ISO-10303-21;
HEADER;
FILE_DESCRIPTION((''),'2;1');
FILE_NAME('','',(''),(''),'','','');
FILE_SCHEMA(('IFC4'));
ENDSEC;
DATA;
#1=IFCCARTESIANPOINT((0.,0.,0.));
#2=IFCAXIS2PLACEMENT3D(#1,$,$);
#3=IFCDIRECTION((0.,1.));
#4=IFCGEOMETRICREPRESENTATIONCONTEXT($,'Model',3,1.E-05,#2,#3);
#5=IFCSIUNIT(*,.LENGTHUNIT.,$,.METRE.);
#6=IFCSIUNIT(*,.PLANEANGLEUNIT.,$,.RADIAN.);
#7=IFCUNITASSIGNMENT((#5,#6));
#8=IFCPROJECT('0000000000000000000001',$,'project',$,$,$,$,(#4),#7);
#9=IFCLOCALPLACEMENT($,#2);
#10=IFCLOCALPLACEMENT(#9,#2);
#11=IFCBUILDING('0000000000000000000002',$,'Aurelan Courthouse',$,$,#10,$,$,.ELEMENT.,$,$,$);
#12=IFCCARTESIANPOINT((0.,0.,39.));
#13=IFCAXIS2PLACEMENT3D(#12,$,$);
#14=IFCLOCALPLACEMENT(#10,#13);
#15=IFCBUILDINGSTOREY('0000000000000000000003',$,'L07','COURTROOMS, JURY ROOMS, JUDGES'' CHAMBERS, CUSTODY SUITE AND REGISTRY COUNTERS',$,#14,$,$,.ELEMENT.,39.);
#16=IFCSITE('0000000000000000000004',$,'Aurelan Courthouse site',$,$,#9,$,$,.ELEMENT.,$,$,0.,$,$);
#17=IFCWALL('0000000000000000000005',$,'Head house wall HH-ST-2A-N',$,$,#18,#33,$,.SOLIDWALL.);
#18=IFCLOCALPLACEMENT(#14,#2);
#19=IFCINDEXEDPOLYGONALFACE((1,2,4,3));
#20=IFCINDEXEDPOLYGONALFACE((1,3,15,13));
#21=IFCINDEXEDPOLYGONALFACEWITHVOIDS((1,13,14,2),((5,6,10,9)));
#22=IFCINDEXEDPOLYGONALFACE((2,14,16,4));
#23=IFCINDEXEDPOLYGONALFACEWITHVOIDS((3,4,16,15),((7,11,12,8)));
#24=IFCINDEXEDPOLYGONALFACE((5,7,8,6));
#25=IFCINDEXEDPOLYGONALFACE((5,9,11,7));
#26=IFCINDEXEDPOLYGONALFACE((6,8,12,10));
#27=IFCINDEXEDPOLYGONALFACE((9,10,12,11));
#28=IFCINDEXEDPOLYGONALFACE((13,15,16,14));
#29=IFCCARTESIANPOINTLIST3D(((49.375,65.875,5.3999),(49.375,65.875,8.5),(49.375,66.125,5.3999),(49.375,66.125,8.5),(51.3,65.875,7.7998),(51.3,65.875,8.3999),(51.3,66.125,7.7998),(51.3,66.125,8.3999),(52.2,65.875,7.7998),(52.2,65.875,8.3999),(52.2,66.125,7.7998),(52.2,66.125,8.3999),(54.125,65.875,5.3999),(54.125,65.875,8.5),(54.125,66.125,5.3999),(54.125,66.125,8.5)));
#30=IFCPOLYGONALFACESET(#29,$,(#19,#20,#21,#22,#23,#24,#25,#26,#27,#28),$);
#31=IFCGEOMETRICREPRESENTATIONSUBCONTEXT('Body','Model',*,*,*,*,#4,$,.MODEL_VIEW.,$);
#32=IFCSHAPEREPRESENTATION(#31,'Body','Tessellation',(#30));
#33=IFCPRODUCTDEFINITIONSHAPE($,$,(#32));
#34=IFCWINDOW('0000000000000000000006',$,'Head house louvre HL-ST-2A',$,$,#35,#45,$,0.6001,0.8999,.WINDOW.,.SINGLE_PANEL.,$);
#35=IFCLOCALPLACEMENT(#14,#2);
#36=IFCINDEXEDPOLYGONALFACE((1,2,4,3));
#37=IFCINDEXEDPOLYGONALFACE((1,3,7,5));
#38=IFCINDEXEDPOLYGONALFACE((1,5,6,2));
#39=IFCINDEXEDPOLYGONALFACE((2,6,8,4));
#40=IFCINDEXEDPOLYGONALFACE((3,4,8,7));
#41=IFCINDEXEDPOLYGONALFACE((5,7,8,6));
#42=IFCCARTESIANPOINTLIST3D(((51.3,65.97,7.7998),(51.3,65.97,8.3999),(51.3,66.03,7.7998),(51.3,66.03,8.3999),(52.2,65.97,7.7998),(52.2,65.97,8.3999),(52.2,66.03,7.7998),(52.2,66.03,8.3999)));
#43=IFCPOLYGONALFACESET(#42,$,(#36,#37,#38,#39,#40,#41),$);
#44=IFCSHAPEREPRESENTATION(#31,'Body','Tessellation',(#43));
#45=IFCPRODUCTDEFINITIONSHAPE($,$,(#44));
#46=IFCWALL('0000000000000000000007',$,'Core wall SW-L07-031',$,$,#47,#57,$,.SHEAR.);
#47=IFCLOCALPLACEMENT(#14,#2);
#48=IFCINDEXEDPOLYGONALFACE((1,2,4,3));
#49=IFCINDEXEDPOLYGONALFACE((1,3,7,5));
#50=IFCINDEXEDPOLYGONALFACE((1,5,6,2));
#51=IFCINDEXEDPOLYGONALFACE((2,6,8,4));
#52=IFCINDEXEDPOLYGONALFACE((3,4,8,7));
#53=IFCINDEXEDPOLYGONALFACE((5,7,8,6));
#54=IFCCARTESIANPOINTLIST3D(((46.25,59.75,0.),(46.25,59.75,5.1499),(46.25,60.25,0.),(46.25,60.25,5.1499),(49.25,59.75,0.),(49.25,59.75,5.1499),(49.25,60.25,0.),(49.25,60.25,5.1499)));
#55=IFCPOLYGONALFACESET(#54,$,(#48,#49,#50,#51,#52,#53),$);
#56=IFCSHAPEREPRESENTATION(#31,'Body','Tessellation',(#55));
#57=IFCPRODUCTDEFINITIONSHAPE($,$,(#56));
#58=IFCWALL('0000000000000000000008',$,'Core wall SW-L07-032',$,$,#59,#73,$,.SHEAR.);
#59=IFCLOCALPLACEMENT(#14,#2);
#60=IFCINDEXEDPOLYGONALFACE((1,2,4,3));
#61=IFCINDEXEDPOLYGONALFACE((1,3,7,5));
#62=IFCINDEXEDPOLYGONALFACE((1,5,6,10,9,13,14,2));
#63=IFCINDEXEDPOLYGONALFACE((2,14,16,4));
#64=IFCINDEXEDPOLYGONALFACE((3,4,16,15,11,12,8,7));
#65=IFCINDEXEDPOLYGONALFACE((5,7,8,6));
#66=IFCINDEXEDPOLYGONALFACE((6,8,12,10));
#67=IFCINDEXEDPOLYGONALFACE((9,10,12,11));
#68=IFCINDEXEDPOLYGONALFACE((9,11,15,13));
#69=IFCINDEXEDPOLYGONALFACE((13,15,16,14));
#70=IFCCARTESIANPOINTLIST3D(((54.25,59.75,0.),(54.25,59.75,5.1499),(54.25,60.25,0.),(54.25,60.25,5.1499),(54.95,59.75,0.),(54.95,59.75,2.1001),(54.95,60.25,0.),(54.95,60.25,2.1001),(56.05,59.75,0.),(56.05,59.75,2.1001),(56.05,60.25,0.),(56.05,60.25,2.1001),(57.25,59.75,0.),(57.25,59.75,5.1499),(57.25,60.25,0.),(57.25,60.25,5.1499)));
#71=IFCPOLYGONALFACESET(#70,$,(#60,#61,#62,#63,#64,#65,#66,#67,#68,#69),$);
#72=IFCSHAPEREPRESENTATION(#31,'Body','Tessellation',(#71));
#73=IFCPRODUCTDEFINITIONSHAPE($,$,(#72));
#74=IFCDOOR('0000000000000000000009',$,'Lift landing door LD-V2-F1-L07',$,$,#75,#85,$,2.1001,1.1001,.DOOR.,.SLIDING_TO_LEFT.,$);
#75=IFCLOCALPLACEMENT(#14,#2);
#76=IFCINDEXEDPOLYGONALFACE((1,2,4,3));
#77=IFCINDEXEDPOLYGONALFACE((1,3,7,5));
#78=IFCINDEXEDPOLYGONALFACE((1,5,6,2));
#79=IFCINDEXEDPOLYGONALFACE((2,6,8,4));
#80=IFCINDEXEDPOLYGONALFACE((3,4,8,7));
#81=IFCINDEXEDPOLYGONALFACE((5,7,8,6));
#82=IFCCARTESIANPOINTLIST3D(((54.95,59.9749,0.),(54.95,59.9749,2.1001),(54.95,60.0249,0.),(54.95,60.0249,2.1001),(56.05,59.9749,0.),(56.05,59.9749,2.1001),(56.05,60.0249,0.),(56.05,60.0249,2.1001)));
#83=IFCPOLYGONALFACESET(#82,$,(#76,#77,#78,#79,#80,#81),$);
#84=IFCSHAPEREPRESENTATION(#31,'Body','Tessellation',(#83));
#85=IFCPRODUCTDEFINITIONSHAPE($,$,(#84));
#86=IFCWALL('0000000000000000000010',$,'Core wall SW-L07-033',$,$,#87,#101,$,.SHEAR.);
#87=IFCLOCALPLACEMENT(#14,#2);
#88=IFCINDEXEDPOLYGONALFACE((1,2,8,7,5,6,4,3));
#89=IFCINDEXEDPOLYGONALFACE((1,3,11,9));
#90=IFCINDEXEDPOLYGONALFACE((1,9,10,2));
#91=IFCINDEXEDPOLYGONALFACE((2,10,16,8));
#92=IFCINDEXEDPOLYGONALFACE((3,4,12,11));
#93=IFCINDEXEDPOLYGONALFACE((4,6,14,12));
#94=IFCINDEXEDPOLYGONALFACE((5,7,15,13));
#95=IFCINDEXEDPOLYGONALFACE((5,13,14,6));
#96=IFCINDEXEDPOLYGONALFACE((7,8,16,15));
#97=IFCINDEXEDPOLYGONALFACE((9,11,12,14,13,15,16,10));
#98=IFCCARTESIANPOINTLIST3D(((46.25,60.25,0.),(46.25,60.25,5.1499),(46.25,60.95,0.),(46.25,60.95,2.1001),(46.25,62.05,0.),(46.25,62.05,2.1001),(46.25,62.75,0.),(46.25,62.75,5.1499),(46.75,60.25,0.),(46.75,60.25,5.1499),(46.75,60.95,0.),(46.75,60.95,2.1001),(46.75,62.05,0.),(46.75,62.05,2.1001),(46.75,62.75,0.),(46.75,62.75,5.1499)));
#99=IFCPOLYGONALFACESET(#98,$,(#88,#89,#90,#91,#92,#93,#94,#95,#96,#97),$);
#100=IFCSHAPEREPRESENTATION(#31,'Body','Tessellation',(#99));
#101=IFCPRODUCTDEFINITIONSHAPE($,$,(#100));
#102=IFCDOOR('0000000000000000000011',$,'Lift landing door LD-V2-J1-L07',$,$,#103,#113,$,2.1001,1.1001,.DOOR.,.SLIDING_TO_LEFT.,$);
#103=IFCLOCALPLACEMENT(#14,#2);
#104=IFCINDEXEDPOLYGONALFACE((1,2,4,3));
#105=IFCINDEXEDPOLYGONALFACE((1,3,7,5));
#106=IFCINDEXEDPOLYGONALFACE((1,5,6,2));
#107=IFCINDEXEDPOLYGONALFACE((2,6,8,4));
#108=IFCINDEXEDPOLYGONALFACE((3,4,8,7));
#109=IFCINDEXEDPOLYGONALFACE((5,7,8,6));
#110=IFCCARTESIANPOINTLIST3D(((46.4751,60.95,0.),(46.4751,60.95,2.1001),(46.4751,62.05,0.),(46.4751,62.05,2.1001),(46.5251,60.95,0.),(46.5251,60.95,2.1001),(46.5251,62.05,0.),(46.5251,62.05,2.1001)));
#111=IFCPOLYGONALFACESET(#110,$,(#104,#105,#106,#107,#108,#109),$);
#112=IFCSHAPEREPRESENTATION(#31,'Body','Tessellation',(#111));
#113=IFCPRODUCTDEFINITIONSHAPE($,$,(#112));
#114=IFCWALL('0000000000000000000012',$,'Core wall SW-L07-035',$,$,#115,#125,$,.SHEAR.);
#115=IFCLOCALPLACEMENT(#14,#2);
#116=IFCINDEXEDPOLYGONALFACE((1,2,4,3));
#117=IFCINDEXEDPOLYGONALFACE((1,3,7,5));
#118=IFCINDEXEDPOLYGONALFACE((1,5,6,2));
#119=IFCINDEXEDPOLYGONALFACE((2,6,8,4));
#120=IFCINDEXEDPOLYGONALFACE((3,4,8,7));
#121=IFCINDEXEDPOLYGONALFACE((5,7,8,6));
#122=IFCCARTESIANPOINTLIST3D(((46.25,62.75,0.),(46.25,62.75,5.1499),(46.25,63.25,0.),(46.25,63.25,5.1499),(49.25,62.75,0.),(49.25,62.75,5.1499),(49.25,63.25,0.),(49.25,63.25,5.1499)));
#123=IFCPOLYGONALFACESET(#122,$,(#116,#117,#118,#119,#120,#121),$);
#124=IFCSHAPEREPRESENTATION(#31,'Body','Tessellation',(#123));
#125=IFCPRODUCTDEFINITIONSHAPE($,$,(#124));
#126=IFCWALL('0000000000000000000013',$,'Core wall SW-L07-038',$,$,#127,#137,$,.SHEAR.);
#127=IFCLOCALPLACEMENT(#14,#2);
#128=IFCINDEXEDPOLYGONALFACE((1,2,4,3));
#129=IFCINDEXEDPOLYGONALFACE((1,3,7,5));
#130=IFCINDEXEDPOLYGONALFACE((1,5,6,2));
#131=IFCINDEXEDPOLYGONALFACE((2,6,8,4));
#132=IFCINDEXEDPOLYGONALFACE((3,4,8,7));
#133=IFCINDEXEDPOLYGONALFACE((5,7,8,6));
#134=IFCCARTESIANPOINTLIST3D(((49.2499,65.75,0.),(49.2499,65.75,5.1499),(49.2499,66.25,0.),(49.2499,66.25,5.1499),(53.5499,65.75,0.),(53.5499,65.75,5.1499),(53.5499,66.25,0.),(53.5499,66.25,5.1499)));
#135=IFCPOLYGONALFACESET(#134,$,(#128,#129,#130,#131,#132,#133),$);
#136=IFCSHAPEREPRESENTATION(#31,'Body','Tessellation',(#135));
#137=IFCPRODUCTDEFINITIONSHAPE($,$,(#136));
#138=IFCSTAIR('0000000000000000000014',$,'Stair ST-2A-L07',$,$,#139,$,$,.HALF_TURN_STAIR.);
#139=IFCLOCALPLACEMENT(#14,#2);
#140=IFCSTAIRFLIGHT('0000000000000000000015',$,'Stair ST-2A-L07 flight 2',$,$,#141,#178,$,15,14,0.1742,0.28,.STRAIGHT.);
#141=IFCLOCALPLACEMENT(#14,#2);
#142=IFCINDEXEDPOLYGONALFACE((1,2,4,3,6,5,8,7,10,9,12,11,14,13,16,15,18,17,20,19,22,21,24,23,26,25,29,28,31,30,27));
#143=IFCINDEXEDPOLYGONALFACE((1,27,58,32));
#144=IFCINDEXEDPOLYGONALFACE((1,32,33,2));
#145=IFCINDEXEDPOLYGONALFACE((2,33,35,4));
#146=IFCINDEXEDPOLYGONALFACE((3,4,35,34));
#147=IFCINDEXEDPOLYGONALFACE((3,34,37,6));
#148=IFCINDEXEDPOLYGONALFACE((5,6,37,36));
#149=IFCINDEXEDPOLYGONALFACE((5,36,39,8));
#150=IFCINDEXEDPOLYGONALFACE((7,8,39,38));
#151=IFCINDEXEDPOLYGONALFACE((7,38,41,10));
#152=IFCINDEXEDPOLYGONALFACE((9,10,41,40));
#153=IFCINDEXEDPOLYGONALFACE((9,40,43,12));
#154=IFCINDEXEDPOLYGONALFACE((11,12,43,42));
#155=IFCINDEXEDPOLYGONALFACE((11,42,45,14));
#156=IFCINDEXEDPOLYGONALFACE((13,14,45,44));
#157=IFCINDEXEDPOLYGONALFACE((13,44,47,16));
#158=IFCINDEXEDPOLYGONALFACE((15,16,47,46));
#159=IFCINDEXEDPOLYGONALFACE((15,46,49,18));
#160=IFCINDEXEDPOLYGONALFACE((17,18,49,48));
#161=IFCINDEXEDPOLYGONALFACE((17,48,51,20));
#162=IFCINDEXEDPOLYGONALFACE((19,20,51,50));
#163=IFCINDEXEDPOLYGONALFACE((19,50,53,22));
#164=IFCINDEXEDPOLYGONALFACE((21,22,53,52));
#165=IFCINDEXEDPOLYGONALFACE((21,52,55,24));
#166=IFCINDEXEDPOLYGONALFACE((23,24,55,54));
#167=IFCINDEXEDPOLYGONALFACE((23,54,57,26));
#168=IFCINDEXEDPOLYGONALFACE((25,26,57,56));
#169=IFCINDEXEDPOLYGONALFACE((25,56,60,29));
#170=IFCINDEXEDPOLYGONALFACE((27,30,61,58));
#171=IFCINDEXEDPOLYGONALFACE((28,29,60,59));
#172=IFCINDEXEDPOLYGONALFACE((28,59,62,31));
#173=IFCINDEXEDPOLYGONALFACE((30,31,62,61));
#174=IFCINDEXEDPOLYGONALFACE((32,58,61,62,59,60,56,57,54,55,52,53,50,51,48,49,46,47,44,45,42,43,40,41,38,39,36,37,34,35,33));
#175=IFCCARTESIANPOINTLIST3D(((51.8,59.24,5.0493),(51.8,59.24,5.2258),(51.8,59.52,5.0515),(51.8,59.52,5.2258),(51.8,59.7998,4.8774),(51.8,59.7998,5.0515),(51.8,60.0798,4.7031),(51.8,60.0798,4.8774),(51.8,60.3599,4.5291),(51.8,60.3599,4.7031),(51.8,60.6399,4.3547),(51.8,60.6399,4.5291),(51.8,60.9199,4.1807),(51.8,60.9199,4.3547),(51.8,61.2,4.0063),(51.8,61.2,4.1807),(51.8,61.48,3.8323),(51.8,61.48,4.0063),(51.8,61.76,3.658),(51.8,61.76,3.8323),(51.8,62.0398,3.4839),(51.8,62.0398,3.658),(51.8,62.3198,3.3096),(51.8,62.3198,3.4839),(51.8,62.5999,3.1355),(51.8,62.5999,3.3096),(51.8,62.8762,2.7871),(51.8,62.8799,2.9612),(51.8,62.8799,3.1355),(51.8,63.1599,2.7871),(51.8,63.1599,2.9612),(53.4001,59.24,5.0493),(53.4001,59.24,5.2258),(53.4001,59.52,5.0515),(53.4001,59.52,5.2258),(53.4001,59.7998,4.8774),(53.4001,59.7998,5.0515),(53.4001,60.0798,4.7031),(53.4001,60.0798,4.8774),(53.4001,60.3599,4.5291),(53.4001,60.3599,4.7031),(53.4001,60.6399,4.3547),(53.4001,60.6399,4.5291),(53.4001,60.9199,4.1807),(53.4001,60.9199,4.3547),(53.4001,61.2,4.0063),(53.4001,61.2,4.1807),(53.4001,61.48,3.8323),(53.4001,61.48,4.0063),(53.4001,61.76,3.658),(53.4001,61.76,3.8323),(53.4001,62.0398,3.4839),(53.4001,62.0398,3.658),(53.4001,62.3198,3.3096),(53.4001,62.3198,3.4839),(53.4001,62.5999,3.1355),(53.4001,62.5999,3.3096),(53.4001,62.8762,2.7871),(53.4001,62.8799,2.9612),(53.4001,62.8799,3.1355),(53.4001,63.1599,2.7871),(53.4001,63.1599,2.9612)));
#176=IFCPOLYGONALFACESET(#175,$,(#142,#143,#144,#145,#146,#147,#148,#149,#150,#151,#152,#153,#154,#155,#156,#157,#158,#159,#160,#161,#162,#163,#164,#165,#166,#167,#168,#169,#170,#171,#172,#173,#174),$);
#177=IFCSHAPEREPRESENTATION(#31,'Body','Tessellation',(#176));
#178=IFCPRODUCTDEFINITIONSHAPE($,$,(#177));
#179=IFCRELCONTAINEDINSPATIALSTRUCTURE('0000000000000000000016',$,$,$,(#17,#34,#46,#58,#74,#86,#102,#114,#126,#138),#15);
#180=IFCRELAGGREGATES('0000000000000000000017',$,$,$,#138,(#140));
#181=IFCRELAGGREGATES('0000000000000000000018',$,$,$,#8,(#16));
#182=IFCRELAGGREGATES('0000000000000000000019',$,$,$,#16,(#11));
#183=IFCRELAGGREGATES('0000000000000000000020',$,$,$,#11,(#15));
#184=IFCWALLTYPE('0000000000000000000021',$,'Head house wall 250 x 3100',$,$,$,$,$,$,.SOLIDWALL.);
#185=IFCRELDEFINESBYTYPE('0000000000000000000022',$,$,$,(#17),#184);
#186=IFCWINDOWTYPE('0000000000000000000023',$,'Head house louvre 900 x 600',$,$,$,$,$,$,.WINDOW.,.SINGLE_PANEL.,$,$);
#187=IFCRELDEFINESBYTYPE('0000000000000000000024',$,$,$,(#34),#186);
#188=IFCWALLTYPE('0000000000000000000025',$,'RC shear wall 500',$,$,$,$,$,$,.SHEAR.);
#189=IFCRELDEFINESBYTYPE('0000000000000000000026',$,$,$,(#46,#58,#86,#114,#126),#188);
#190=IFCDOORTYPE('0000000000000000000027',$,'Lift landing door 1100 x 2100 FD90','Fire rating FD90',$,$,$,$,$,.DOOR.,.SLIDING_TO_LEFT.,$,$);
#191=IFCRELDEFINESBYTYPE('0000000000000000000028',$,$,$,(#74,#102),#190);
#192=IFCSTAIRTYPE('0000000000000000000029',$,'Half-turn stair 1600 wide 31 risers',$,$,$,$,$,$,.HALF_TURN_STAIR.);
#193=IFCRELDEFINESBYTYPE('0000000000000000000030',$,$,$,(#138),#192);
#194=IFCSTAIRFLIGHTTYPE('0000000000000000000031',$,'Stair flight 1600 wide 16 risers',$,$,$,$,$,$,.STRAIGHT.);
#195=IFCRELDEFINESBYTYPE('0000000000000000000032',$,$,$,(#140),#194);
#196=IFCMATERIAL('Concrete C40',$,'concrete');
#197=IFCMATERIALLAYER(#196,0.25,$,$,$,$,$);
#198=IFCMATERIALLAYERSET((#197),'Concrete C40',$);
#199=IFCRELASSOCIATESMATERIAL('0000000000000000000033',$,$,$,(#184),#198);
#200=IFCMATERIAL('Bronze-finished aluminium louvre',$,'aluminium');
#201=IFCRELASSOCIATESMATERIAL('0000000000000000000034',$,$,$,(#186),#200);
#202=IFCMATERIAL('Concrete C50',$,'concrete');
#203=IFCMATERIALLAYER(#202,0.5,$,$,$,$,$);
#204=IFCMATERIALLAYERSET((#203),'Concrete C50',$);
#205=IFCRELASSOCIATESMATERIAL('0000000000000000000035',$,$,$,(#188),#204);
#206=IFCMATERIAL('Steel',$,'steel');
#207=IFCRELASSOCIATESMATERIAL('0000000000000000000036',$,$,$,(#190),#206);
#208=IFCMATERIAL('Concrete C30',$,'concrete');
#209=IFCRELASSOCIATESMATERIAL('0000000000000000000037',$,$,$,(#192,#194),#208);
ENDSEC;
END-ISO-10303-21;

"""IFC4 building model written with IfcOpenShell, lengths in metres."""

from ifc_helpers import new_model, si_unit, direction, frame, frame_2d, origin, place, context, subcontext, project, spatial, polyline, rectangle, outline, extrude, material, layer, layer_set, type_object, element, fill, aggregate, save


model = new_model("IFC4")

# Units and contexts
model_context = context("Model", 3, precision=1e-05, world=origin(), true_north=direction((0.0, 1.0)))
body_context = subcontext(model_context, "Body", "Model", "MODEL_VIEW")
ifc_project = project(units=[si_unit("LENGTHUNIT", "METRE"), si_unit("PLANEANGLEUNIT", "RADIAN")], contexts=[model_context])

# Site, building, storey
site_placement = place(None, origin())
site = spatial("IfcSite", under=ifc_project, at=site_placement, Name="Aurelan Courthouse site", CompositionType="ELEMENT", RefElevation=0.0)
building_placement = place(site_placement, origin())
building = spatial("IfcBuilding", under=site, at=building_placement, Name="Aurelan Courthouse", CompositionType="ELEMENT")
storey_placement = place(building_placement, frame((0.0, 0.0, 39.0)))
storey = spatial("IfcBuildingStorey", under=building, at=storey_placement, Name="L07", Description="COURTROOMS, JURY ROOMS, JUDGES' CHAMBERS, CUSTODY SUITE AND REGISTRY COUNTERS", CompositionType="ELEMENT", Elevation=39.0)

# Shared definitions
ifc_material_1 = material(Name="Concrete C50", Category="concrete")

# Shared definitions
ifc_material_2 = material(Name="Steel", Category="steel")

# Wall, opening, window
ifc_material_3 = material(Name="Concrete C30", Category="concrete")
ifc_material_4 = material(Name="Concrete C40", Category="concrete")
ifc_layer_1 = layer(ifc_material_4, 0.25)
ifc_layer_set_1 = layer_set([ifc_layer_1], Name="Concrete C40")
wall_type_1 = type_object("IfcWallType", Name="Head house wall 250 x 3100", PredefinedType="SOLIDWALL", material=ifc_layer_set_1)
wall_1_placement = place(storey_placement, frame((49.375, 66.0, 5.3999), z_axis=(0.0, 0.0, 1.0), x_axis=(1.0, 0.0, 0.0)))
wall_1 = element("IfcWall", 1, at=wall_1_placement, inside=storey, type_object=wall_type_1, Name="Head house wall HH-ST-2A-N", PredefinedType="SOLIDWALL", context=body_context, shape_type="SweptSolid", body=[
    extrude(rectangle(XDim=4.75, YDim=0.25, at=frame_2d((2.375, 0.0))), origin(), (0.0, 0.0, 1.0), 3.1001),
])
opening_1_placement = place(wall_1_placement, frame((1.925, 0.0, 2.3999)))
opening_1 = element("IfcOpeningElement", 2, at=opening_1_placement, cuts=wall_1, PredefinedType="OPENING", context=body_context, shape_type="SweptSolid", body=[
    extrude(rectangle(XDim=0.8999, YDim=0.6001, at=frame_2d((0.45, 0.3))), frame((0.0, 0.135, 0.0), z_axis=(0.0, -1.0, 0.0), x_axis=(1.0, 0.0, 0.0)), (0.0, 0.0, 1.0), 0.27),
])
ifc_material_5 = material(Name="Bronze-finished aluminium louvre", Category="aluminium")
window_type_1 = type_object("IfcWindowType", Name="Head house louvre 900 x 600", PartitioningType="SINGLE_PANEL", PredefinedType="WINDOW", material=ifc_material_5)
window_1_placement = place(opening_1_placement, origin())
window_1 = element("IfcWindow", 3, at=window_1_placement, inside=storey, type_object=window_type_1, Name="Head house louvre HL-ST-2A", OverallHeight=0.6001, OverallWidth=0.8999, PartitioningType="SINGLE_PANEL", PredefinedType="WINDOW", context=body_context, shape_type="SweptSolid", body=[
    extrude(rectangle(XDim=0.8999, YDim=0.6001, at=frame_2d((0.45, 0.3))), frame((0.0, 0.03, 0.0), z_axis=(0.0, -1.0, 0.0), x_axis=(1.0, 0.0, 0.0)), (0.0, 0.0, 1.0), 0.0601),
])
fill(opening_1, window_1)

# Wall
ifc_layer_2 = layer(ifc_material_1, 0.5)
ifc_layer_set_2 = layer_set([ifc_layer_2], Name="Concrete C50")
wall_type_2 = type_object("IfcWallType", Name="RC shear wall 500", PredefinedType="SHEAR", material=ifc_layer_set_2)
wall_2_placement = place(storey_placement, frame((46.25, 60.0, 0.0), z_axis=(0.0, 0.0, 1.0), x_axis=(1.0, 0.0, 0.0)))
element("IfcWall", 4, at=wall_2_placement, inside=storey, type_object=wall_type_2, Name="Core wall SW-L07-031", PredefinedType="SHEAR", context=body_context, shape_type="SweptSolid", body=[
    extrude(rectangle(XDim=3.0, YDim=0.5, at=frame_2d((1.5, 0.0))), origin(), (0.0, 0.0, 1.0), 5.1499),
])

# Walls, openings, doors
wall_3_placement = place(storey_placement, frame((54.25, 60.0, 0.0), z_axis=(0.0, 0.0, 1.0), x_axis=(1.0, 0.0, 0.0)))
wall_3 = element("IfcWall", 5, at=wall_3_placement, inside=storey, type_object=wall_type_2, Name="Core wall SW-L07-032", PredefinedType="SHEAR", context=body_context, shape_type="SweptSolid", body=[
    extrude(rectangle(XDim=3.0, YDim=0.5, at=frame_2d((1.5, 0.0))), origin(), (0.0, 0.0, 1.0), 5.1499),
])
opening_2_placement = place(wall_3_placement, frame((0.7, 0.0, 0.0)))
opening_2 = element("IfcOpeningElement", 6, at=opening_2_placement, cuts=wall_3, PredefinedType="OPENING", context=body_context, shape_type="SweptSolid", body=[
    extrude(rectangle(XDim=1.1001, YDim=2.1001, at=frame_2d((0.55, 1.05))), frame((0.0, 0.26, 0.0), z_axis=(0.0, -1.0, 0.0), x_axis=(1.0, 0.0, 0.0)), (0.0, 0.0, 1.0), 0.52),
])
door_type_1 = type_object("IfcDoorType", Name="Lift landing door 1100 x 2100 FD90", Description="Fire rating FD90", OperationType="SLIDING_TO_LEFT", PredefinedType="DOOR", material=ifc_material_2)
door_1_placement = place(opening_2_placement, origin())
door_1 = element("IfcDoor", 7, at=door_1_placement, inside=storey, type_object=door_type_1, Name="Lift landing door LD-V2-F1-L07", OperationType="SLIDING_TO_LEFT", OverallHeight=2.1001, OverallWidth=1.1001, PredefinedType="DOOR", context=body_context, shape_type="SweptSolid", body=[
    extrude(rectangle(XDim=1.1001, YDim=2.1001, at=frame_2d((0.55, 1.05))), frame((0.0, 0.0249, 0.0), z_axis=(0.0, -1.0, 0.0), x_axis=(1.0, 0.0, 0.0)), (0.0, 0.0, 1.0), 0.05),
])
fill(opening_2, door_1)
wall_4_placement = place(storey_placement, frame((46.5, 60.25, 0.0), z_axis=(0.0, 0.0, 1.0), x_axis=(0.0, 1.0, 0.0)))
wall_4 = element("IfcWall", 8, at=wall_4_placement, inside=storey, type_object=wall_type_2, Name="Core wall SW-L07-033", PredefinedType="SHEAR", context=body_context, shape_type="SweptSolid", body=[
    extrude(rectangle(XDim=2.5, YDim=0.5, at=frame_2d((1.25, 0.0))), origin(), (0.0, 0.0, 1.0), 5.1499),
])
opening_3_placement = place(wall_4_placement, frame((0.7, 0.0, 0.0)))
opening_3 = element("IfcOpeningElement", 9, at=opening_3_placement, cuts=wall_4, PredefinedType="OPENING", context=body_context, shape_type="SweptSolid", body=[
    extrude(rectangle(XDim=1.1001, YDim=2.1001, at=frame_2d((0.55, 1.05))), frame((0.0, 0.26, 0.0), z_axis=(0.0, -1.0, 0.0), x_axis=(1.0, 0.0, 0.0)), (0.0, 0.0, 1.0), 0.52),
])
door_2_placement = place(opening_3_placement, origin())
door_2 = element("IfcDoor", 10, at=door_2_placement, inside=storey, type_object=door_type_1, Name="Lift landing door LD-V2-J1-L07", OperationType="SLIDING_TO_LEFT", OverallHeight=2.1001, OverallWidth=1.1001, PredefinedType="DOOR", context=body_context, shape_type="SweptSolid", body=[
    extrude(rectangle(XDim=1.1001, YDim=2.1001, at=frame_2d((0.55, 1.05))), frame((0.0, 0.0249, 0.0), z_axis=(0.0, -1.0, 0.0), x_axis=(1.0, 0.0, 0.0)), (0.0, 0.0, 1.0), 0.05),
])
fill(opening_3, door_2)

# Walls
wall_5_placement = place(storey_placement, frame((46.25, 63.0, 0.0), z_axis=(0.0, 0.0, 1.0), x_axis=(1.0, 0.0, 0.0)))
element("IfcWall", 11, at=wall_5_placement, inside=storey, type_object=wall_type_2, Name="Core wall SW-L07-035", PredefinedType="SHEAR", context=body_context, shape_type="SweptSolid", body=[
    extrude(rectangle(XDim=3.0, YDim=0.5, at=frame_2d((1.5, 0.0))), origin(), (0.0, 0.0, 1.0), 5.1499),
])
wall_6_placement = place(storey_placement, frame((49.25, 66.0, 0.0), z_axis=(0.0, 0.0, 1.0), x_axis=(1.0, 0.0, 0.0)))
element("IfcWall", 12, at=wall_6_placement, inside=storey, type_object=wall_type_2, Name="Core wall SW-L07-038", PredefinedType="SHEAR", context=body_context, shape_type="SweptSolid", body=[
    extrude(rectangle(XDim=4.3, YDim=0.5, at=frame_2d((2.1499, 0.0))), origin(), (0.0, 0.0, 1.0), 5.1499),
])

# Stair, stair flight
stair_type = type_object("IfcStairType", Name="Half-turn stair 1600 wide 31 risers", PredefinedType="HALF_TURN_STAIR", material=ifc_material_3)
stair_placement = place(storey_placement, origin())
stair = element("IfcStair", 13, at=stair_placement, inside=storey, type_object=stair_type, Name="Stair ST-2A-L07", PredefinedType="HALF_TURN_STAIR")
stair_flight_type = type_object("IfcStairFlightType", Name="Stair flight 1600 wide 16 risers", PredefinedType="STRAIGHT", material=ifc_material_3)
stair_flight_placement = place(storey_placement, frame((52.6001, 63.1599, 2.7871), z_axis=(0.0, 0.0, 1.0), x_axis=(0.0, -1.0, 0.0)))
stair_flight = element("IfcStairFlight", 14, at=stair_flight_placement, type_object=stair_flight_type, Name="Stair ST-2A-L07 flight 2", NumberOfRisers=15, NumberOfTreads=14, PredefinedType="STRAIGHT", RiserHeight=0.1742, TreadLength=0.28, context=body_context, shape_type="SweptSolid", body=[
    extrude(outline(polyline([(0.0, 0.0), (0.0, 0.1741), (0.28, 0.1741), (0.28, 0.3484), (0.5601, 0.3484), (0.5601, 0.5225), (0.8401, 0.5225), (0.8401, 0.6968), (1.1201, 0.6968), (1.1201, 0.8708), (1.3999, 0.8708), (1.3999, 1.0452), (1.6799, 1.0452), (1.6799, 1.2192), (1.96, 1.2192), (1.96, 1.3936), (2.24, 1.3936), (2.24, 1.5676), (2.52, 1.5676), (2.52, 1.7419), (2.8, 1.7419), (2.8, 1.916), (3.0801, 1.916), (3.0801, 2.0903), (3.3601, 2.0903), (3.3601, 2.2644), (3.6399, 2.2644), (3.6399, 2.4387), (3.9199, 2.4387), (3.9199, 2.6128), (3.9199, 2.2622), (0.2837, 0.0), (0.0, 0.0)])), frame((0.0, 0.8, 0.0), z_axis=(0.0, -1.0, 0.0), x_axis=(1.0, 0.0, 0.0)), (0.0, 0.0, 1.0), 1.6001),
])
aggregate(stair, [stair_flight])

save(model, "model.ifc")
